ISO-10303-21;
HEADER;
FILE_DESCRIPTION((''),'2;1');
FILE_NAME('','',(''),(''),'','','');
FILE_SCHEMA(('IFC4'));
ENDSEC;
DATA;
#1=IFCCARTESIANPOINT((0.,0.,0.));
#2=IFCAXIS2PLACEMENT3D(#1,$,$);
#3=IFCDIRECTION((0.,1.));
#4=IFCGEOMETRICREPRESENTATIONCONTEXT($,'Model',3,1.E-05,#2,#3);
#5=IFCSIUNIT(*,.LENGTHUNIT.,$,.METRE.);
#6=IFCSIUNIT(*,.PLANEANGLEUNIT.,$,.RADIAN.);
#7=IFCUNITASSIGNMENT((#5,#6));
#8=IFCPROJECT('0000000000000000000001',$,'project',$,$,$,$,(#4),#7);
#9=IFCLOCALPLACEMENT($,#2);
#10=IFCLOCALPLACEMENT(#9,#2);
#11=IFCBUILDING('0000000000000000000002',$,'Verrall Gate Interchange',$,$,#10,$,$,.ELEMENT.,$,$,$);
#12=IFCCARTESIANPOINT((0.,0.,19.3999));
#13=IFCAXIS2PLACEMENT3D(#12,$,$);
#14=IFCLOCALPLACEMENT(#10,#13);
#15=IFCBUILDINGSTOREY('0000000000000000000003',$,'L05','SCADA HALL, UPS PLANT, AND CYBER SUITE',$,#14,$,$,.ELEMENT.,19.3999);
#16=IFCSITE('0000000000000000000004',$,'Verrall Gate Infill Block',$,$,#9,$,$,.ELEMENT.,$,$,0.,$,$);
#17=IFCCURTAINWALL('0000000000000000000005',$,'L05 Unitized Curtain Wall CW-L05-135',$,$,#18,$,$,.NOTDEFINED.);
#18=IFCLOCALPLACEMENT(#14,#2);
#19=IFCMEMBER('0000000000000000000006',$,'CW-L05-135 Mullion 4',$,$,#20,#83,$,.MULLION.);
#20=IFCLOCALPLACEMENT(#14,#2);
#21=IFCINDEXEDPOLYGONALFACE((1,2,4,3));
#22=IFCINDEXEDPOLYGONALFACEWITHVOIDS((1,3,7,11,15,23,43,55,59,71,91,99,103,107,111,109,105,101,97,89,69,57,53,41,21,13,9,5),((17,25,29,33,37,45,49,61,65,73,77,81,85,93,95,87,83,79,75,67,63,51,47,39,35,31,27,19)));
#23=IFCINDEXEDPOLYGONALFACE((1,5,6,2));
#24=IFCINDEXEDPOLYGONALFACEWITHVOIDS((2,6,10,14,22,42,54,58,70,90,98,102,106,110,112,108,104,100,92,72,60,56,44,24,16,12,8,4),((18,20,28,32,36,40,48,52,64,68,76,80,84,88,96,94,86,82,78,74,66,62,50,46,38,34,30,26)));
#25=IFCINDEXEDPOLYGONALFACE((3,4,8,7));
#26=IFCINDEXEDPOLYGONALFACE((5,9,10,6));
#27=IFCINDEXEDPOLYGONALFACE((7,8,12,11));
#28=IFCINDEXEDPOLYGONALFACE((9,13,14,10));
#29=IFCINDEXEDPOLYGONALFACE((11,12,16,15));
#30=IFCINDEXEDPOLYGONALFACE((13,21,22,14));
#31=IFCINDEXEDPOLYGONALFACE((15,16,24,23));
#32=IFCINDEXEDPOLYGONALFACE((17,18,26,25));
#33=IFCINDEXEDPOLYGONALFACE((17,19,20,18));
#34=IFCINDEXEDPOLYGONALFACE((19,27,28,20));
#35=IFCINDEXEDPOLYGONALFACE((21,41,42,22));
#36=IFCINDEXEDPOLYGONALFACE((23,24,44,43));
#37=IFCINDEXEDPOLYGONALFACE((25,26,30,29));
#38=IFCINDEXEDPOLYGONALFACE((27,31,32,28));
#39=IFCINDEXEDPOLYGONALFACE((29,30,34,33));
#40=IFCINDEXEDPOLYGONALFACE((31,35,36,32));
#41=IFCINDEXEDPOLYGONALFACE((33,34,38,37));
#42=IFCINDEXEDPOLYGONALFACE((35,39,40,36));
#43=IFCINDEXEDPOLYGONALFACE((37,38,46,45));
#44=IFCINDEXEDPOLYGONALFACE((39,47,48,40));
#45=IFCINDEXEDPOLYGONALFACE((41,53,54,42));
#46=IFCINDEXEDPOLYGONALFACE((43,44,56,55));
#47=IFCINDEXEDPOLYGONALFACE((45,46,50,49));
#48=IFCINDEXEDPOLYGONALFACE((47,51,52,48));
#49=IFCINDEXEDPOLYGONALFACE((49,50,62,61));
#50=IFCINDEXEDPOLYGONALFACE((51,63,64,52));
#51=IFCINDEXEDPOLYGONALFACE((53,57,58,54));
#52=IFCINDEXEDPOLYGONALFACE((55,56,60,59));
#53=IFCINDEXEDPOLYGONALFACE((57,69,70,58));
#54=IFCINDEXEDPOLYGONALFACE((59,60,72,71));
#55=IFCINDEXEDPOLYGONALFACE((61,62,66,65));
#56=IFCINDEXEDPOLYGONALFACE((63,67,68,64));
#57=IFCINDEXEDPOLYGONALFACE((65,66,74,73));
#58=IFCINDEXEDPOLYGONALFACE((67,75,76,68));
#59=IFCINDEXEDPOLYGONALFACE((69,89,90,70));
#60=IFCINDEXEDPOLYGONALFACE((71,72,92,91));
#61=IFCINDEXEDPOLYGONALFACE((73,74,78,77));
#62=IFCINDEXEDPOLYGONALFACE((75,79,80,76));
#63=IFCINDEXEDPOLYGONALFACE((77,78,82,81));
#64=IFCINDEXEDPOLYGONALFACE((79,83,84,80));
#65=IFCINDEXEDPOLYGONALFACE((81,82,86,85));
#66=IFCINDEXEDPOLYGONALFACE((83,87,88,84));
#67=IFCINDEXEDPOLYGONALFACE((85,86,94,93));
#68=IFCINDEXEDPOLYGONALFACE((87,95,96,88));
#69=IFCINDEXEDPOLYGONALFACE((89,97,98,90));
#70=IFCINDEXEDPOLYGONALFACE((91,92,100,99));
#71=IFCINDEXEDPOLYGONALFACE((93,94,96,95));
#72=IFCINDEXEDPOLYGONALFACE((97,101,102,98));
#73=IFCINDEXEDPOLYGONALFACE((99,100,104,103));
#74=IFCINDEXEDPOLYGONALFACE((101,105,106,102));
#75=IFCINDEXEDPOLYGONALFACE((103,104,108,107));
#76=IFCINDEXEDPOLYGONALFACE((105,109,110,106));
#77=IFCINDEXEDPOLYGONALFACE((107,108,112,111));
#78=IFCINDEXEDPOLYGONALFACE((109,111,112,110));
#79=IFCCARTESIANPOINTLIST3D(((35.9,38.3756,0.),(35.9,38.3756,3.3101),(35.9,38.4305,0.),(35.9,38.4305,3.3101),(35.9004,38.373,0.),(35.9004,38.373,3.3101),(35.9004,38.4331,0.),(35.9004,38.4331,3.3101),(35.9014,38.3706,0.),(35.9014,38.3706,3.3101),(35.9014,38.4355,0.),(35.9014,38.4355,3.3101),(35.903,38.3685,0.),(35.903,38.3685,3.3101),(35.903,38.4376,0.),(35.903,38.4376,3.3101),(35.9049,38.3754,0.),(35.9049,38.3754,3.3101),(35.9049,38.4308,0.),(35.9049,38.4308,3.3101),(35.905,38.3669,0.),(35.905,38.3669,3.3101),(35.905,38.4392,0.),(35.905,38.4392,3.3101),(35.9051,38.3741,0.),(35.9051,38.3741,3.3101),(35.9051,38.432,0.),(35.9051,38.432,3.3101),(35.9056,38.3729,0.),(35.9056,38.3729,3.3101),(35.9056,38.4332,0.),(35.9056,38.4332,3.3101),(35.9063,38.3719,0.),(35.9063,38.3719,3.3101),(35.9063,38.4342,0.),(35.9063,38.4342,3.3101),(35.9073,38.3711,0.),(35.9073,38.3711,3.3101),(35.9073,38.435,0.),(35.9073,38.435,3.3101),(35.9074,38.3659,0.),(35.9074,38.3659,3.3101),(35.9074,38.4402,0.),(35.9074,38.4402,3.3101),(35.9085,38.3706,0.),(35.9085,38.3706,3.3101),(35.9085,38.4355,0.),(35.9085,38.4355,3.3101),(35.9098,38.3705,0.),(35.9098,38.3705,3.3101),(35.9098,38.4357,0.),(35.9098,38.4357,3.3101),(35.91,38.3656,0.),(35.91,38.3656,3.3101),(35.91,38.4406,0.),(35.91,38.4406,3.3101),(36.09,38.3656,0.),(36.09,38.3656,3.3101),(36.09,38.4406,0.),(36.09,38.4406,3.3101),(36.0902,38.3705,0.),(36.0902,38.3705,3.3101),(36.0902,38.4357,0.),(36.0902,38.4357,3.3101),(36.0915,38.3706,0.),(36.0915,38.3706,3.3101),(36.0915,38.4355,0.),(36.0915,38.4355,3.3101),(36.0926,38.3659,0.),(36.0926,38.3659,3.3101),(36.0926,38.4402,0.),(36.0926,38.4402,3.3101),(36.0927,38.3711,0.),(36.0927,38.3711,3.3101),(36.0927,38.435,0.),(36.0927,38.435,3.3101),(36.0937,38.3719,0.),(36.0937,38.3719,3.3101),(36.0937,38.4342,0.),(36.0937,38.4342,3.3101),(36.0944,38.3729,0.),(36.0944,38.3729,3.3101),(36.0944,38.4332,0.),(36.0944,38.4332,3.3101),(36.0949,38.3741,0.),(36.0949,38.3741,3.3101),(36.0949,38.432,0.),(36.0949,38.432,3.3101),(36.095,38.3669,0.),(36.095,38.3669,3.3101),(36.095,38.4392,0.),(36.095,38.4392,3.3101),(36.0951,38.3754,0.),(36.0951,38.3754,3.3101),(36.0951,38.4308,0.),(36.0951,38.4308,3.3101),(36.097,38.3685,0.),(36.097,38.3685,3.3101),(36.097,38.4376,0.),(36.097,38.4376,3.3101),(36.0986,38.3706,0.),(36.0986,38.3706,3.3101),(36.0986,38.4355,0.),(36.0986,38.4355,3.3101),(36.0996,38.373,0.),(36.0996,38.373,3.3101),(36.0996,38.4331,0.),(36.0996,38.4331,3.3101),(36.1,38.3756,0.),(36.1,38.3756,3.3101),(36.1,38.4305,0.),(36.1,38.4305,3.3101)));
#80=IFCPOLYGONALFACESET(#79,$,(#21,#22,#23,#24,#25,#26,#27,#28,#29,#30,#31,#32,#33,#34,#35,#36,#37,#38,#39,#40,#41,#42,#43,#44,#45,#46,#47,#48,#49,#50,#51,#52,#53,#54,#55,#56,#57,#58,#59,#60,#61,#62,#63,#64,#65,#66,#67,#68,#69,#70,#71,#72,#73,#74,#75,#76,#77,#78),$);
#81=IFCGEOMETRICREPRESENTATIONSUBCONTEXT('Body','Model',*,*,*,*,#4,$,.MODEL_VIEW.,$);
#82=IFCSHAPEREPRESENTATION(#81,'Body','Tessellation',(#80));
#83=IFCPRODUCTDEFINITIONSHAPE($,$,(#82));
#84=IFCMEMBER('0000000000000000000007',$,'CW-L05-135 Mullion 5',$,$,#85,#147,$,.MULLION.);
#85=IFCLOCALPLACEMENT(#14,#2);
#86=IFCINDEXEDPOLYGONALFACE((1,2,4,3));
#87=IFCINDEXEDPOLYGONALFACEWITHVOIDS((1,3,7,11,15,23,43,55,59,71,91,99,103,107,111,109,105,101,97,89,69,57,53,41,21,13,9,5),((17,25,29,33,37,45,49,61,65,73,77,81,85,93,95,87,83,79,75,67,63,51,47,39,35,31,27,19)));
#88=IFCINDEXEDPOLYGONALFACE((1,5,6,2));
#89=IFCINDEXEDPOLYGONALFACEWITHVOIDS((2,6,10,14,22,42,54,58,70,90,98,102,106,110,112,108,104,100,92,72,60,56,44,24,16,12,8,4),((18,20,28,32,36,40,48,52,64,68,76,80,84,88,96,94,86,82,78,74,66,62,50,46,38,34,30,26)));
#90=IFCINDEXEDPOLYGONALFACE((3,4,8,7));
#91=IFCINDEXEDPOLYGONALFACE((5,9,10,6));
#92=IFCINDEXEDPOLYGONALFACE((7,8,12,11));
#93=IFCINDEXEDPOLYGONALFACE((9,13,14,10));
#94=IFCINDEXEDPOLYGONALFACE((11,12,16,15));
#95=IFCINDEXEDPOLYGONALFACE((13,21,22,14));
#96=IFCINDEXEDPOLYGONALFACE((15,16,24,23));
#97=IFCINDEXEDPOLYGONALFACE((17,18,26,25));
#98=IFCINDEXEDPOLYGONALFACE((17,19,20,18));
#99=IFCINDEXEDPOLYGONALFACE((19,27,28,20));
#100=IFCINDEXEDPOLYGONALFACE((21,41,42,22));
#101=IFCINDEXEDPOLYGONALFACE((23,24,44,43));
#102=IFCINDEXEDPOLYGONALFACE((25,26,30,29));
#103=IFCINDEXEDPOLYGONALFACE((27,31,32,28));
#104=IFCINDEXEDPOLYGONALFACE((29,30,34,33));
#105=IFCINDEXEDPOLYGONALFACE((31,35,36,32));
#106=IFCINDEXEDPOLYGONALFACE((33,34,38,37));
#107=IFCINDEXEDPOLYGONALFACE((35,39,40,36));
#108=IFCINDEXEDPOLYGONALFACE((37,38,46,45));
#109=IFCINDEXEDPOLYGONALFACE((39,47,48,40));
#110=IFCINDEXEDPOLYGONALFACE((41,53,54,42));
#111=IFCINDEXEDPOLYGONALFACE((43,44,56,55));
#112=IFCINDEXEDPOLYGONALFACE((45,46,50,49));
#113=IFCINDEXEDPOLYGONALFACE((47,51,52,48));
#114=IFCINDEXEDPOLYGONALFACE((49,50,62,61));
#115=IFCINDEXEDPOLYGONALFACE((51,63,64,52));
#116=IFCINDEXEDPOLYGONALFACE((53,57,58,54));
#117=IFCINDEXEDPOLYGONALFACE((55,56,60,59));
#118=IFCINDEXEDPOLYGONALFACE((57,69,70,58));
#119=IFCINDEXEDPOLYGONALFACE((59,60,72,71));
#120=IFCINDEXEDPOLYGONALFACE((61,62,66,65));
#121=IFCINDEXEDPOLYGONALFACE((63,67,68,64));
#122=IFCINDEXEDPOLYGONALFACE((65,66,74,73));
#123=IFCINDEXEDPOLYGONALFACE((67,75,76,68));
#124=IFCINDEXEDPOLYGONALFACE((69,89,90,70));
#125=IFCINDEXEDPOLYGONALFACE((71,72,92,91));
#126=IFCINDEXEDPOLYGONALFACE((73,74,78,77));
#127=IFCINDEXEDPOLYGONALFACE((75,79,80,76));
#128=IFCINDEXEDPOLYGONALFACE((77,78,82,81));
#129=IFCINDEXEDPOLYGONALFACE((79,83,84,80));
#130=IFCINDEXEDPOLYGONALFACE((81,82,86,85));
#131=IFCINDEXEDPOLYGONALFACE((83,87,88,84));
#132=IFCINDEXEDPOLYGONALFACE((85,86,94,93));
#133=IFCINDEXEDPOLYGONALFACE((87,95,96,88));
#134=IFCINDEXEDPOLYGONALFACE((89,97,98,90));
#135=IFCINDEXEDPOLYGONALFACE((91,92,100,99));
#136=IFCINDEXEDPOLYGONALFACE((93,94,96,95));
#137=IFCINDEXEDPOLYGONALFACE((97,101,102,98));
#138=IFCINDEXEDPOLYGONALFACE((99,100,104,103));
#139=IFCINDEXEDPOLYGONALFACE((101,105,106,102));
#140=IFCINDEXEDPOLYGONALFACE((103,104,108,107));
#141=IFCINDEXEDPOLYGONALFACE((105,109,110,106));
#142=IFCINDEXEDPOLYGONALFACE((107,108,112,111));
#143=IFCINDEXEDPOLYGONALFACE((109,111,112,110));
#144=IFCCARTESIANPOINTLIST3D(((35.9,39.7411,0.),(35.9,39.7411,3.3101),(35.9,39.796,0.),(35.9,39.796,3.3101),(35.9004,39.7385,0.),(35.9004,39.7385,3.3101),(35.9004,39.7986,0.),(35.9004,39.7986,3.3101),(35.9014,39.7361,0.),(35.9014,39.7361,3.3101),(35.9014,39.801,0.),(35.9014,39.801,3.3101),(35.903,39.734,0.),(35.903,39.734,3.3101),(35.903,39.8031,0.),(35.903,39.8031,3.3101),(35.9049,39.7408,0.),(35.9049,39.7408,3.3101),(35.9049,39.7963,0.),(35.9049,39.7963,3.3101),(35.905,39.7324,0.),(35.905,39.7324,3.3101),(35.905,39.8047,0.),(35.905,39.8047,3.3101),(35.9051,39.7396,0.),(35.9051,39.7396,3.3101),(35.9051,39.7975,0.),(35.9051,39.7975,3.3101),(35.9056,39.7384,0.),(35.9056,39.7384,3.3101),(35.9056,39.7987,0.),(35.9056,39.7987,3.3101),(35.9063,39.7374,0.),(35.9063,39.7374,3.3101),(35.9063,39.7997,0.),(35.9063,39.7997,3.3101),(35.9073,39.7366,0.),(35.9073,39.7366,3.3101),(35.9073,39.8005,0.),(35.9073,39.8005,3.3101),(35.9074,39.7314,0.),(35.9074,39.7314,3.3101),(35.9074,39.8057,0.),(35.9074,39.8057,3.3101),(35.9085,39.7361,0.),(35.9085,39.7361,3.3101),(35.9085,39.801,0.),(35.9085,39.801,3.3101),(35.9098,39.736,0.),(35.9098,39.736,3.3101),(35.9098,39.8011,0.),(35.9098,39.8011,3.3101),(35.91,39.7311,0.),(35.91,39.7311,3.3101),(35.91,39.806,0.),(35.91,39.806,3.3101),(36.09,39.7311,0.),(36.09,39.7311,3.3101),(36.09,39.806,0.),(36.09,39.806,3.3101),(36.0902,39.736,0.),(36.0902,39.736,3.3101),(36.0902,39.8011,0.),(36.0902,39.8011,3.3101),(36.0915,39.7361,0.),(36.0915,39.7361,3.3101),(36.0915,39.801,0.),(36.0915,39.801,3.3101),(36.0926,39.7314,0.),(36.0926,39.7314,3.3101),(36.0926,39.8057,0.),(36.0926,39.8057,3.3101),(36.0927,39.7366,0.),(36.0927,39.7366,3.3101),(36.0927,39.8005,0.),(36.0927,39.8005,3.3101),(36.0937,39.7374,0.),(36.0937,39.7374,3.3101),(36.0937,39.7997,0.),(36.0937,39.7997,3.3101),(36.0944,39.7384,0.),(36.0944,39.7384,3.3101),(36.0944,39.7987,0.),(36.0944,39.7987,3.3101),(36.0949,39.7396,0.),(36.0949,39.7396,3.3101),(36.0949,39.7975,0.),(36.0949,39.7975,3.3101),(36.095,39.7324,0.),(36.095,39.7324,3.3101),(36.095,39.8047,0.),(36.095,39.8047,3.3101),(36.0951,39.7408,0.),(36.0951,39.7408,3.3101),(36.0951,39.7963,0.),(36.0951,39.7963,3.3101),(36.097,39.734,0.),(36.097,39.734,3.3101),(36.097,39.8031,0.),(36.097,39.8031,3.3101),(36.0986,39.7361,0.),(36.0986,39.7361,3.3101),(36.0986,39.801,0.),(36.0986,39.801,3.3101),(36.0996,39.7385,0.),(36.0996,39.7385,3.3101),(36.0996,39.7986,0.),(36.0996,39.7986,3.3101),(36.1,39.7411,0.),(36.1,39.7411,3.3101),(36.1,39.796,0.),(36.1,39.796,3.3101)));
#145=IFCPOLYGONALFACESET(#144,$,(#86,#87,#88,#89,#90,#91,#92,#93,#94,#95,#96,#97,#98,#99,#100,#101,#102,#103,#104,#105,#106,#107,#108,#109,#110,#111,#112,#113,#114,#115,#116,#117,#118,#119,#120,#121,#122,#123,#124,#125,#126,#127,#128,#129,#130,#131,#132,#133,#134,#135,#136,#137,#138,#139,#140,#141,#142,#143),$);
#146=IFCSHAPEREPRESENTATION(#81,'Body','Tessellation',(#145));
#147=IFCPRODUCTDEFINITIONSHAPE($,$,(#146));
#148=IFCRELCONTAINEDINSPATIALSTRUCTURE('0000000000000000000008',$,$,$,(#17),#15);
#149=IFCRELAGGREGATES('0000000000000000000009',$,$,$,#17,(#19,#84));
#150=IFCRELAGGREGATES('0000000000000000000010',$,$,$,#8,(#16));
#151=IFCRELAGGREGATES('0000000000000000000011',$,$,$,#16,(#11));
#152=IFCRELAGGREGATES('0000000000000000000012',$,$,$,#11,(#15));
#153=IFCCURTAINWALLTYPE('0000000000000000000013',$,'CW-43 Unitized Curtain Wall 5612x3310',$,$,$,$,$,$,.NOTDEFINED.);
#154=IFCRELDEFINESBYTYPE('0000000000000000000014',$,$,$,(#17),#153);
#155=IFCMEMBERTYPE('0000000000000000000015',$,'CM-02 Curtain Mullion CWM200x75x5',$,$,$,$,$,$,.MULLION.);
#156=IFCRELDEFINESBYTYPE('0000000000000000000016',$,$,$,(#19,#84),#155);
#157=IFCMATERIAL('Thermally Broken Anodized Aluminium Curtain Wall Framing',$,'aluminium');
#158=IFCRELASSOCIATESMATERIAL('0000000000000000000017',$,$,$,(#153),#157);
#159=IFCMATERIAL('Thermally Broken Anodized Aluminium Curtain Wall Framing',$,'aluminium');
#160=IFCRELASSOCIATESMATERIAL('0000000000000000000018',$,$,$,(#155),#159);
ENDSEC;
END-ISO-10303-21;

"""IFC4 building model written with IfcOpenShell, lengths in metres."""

from ifc_helpers import new_model, si_unit, direction, frame, origin, origin_2d, place, context, subcontext, project, spatial, hollow_rectangle, extrude, material, material_profile, profile_set, type_object, element, aggregate, save


model = new_model("IFC4")

# Units and contexts
model_context = context("Model", 3, precision=1e-05, world=origin(), true_north=direction((0.0, 1.0)))
body_context = subcontext(model_context, "Body", "Model", "MODEL_VIEW")
ifc_project = project(units=[si_unit("LENGTHUNIT", "METRE"), si_unit("PLANEANGLEUNIT", "RADIAN")], contexts=[model_context])

# Site, building, storey
site_placement = place(None, origin())
site = spatial("IfcSite", under=ifc_project, at=site_placement, Name="Verrall Gate Infill Block", CompositionType="ELEMENT", RefElevation=0.0)
building_placement = place(site_placement, origin())
building = spatial("IfcBuilding", under=site, at=building_placement, Name="Verrall Gate Interchange", CompositionType="ELEMENT")
storey_placement = place(building_placement, frame((0.0, 0.0, 19.3999)))
storey = spatial("IfcBuildingStorey", under=building, at=storey_placement, Name="L05", Description="SCADA HALL, UPS PLANT, AND CYBER SUITE", CompositionType="ELEMENT", Elevation=19.3999)

# Curtain wall, members
ifc_material_1 = material(Name="Thermally Broken Anodized Aluminium Curtain Wall Framing", Category="aluminium")
curtain_wall_type_1 = type_object("IfcCurtainWallType", Name="CW-43 Unitized Curtain Wall 5612x3310", PredefinedType="NOTDEFINED", material=ifc_material_1)
curtain_wall_1_placement = place(storey_placement, origin())
curtain_wall_1 = element("IfcCurtainWall", 1, at=curtain_wall_1_placement, inside=storey, type_object=curtain_wall_type_1, Name="L05 Unitized Curtain Wall CW-L05-135", PredefinedType="NOTDEFINED")
ifc_material_2 = material(Name="Thermally Broken Anodized Aluminium Curtain Wall Framing", Category="aluminium")
ifc_material_profile_1 = material_profile(ifc_material_2, hollow_rectangle(XDim=0.075, YDim=0.2, WallThickness=0.0049, InnerFilletRadius=0.0049, OuterFilletRadius=0.01, at=origin_2d()), Name="CWM200x75x5")
ifc_profile_set_1 = profile_set([ifc_material_profile_1], Name="Thermally Broken Anodized Aluminium Curtain Wall Framing")
member_type_1 = type_object("IfcMemberType", Name="CM-02 Curtain Mullion CWM200x75x5", PredefinedType="MULLION", material=ifc_profile_set_1)
member_1_placement = place(storey_placement, frame((36.0, 38.4031, 0.0), z_axis=(0.0, 0.0, 1.0), x_axis=(0.0, 1.0, 0.0)))
member_1 = element("IfcMember", 2, at=member_1_placement, type_object=member_type_1, Name="CW-L05-135 Mullion 4", PredefinedType="MULLION", context=body_context, shape_type="SweptSolid", body=[
    extrude(hollow_rectangle(XDim=0.075, YDim=0.2, WallThickness=0.0049, InnerFilletRadius=0.0049, OuterFilletRadius=0.01, at=origin_2d()), origin(), (0.0, 0.0, 1.0), 3.3101),
])
member_2_placement = place(storey_placement, frame((36.0, 39.7686, 0.0), z_axis=(0.0, 0.0, 1.0), x_axis=(0.0, 1.0, 0.0)))
member_2 = element("IfcMember", 3, at=member_2_placement, type_object=member_type_1, Name="CW-L05-135 Mullion 5", PredefinedType="MULLION", context=body_context, shape_type="SweptSolid", body=[
    extrude(hollow_rectangle(XDim=0.075, YDim=0.2, WallThickness=0.0049, InnerFilletRadius=0.0049, OuterFilletRadius=0.01, at=origin_2d()), origin(), (0.0, 0.0, 1.0), 3.3101),
])

aggregate(curtain_wall_1, [member_1, member_2])

save(model, "model.ifc")
